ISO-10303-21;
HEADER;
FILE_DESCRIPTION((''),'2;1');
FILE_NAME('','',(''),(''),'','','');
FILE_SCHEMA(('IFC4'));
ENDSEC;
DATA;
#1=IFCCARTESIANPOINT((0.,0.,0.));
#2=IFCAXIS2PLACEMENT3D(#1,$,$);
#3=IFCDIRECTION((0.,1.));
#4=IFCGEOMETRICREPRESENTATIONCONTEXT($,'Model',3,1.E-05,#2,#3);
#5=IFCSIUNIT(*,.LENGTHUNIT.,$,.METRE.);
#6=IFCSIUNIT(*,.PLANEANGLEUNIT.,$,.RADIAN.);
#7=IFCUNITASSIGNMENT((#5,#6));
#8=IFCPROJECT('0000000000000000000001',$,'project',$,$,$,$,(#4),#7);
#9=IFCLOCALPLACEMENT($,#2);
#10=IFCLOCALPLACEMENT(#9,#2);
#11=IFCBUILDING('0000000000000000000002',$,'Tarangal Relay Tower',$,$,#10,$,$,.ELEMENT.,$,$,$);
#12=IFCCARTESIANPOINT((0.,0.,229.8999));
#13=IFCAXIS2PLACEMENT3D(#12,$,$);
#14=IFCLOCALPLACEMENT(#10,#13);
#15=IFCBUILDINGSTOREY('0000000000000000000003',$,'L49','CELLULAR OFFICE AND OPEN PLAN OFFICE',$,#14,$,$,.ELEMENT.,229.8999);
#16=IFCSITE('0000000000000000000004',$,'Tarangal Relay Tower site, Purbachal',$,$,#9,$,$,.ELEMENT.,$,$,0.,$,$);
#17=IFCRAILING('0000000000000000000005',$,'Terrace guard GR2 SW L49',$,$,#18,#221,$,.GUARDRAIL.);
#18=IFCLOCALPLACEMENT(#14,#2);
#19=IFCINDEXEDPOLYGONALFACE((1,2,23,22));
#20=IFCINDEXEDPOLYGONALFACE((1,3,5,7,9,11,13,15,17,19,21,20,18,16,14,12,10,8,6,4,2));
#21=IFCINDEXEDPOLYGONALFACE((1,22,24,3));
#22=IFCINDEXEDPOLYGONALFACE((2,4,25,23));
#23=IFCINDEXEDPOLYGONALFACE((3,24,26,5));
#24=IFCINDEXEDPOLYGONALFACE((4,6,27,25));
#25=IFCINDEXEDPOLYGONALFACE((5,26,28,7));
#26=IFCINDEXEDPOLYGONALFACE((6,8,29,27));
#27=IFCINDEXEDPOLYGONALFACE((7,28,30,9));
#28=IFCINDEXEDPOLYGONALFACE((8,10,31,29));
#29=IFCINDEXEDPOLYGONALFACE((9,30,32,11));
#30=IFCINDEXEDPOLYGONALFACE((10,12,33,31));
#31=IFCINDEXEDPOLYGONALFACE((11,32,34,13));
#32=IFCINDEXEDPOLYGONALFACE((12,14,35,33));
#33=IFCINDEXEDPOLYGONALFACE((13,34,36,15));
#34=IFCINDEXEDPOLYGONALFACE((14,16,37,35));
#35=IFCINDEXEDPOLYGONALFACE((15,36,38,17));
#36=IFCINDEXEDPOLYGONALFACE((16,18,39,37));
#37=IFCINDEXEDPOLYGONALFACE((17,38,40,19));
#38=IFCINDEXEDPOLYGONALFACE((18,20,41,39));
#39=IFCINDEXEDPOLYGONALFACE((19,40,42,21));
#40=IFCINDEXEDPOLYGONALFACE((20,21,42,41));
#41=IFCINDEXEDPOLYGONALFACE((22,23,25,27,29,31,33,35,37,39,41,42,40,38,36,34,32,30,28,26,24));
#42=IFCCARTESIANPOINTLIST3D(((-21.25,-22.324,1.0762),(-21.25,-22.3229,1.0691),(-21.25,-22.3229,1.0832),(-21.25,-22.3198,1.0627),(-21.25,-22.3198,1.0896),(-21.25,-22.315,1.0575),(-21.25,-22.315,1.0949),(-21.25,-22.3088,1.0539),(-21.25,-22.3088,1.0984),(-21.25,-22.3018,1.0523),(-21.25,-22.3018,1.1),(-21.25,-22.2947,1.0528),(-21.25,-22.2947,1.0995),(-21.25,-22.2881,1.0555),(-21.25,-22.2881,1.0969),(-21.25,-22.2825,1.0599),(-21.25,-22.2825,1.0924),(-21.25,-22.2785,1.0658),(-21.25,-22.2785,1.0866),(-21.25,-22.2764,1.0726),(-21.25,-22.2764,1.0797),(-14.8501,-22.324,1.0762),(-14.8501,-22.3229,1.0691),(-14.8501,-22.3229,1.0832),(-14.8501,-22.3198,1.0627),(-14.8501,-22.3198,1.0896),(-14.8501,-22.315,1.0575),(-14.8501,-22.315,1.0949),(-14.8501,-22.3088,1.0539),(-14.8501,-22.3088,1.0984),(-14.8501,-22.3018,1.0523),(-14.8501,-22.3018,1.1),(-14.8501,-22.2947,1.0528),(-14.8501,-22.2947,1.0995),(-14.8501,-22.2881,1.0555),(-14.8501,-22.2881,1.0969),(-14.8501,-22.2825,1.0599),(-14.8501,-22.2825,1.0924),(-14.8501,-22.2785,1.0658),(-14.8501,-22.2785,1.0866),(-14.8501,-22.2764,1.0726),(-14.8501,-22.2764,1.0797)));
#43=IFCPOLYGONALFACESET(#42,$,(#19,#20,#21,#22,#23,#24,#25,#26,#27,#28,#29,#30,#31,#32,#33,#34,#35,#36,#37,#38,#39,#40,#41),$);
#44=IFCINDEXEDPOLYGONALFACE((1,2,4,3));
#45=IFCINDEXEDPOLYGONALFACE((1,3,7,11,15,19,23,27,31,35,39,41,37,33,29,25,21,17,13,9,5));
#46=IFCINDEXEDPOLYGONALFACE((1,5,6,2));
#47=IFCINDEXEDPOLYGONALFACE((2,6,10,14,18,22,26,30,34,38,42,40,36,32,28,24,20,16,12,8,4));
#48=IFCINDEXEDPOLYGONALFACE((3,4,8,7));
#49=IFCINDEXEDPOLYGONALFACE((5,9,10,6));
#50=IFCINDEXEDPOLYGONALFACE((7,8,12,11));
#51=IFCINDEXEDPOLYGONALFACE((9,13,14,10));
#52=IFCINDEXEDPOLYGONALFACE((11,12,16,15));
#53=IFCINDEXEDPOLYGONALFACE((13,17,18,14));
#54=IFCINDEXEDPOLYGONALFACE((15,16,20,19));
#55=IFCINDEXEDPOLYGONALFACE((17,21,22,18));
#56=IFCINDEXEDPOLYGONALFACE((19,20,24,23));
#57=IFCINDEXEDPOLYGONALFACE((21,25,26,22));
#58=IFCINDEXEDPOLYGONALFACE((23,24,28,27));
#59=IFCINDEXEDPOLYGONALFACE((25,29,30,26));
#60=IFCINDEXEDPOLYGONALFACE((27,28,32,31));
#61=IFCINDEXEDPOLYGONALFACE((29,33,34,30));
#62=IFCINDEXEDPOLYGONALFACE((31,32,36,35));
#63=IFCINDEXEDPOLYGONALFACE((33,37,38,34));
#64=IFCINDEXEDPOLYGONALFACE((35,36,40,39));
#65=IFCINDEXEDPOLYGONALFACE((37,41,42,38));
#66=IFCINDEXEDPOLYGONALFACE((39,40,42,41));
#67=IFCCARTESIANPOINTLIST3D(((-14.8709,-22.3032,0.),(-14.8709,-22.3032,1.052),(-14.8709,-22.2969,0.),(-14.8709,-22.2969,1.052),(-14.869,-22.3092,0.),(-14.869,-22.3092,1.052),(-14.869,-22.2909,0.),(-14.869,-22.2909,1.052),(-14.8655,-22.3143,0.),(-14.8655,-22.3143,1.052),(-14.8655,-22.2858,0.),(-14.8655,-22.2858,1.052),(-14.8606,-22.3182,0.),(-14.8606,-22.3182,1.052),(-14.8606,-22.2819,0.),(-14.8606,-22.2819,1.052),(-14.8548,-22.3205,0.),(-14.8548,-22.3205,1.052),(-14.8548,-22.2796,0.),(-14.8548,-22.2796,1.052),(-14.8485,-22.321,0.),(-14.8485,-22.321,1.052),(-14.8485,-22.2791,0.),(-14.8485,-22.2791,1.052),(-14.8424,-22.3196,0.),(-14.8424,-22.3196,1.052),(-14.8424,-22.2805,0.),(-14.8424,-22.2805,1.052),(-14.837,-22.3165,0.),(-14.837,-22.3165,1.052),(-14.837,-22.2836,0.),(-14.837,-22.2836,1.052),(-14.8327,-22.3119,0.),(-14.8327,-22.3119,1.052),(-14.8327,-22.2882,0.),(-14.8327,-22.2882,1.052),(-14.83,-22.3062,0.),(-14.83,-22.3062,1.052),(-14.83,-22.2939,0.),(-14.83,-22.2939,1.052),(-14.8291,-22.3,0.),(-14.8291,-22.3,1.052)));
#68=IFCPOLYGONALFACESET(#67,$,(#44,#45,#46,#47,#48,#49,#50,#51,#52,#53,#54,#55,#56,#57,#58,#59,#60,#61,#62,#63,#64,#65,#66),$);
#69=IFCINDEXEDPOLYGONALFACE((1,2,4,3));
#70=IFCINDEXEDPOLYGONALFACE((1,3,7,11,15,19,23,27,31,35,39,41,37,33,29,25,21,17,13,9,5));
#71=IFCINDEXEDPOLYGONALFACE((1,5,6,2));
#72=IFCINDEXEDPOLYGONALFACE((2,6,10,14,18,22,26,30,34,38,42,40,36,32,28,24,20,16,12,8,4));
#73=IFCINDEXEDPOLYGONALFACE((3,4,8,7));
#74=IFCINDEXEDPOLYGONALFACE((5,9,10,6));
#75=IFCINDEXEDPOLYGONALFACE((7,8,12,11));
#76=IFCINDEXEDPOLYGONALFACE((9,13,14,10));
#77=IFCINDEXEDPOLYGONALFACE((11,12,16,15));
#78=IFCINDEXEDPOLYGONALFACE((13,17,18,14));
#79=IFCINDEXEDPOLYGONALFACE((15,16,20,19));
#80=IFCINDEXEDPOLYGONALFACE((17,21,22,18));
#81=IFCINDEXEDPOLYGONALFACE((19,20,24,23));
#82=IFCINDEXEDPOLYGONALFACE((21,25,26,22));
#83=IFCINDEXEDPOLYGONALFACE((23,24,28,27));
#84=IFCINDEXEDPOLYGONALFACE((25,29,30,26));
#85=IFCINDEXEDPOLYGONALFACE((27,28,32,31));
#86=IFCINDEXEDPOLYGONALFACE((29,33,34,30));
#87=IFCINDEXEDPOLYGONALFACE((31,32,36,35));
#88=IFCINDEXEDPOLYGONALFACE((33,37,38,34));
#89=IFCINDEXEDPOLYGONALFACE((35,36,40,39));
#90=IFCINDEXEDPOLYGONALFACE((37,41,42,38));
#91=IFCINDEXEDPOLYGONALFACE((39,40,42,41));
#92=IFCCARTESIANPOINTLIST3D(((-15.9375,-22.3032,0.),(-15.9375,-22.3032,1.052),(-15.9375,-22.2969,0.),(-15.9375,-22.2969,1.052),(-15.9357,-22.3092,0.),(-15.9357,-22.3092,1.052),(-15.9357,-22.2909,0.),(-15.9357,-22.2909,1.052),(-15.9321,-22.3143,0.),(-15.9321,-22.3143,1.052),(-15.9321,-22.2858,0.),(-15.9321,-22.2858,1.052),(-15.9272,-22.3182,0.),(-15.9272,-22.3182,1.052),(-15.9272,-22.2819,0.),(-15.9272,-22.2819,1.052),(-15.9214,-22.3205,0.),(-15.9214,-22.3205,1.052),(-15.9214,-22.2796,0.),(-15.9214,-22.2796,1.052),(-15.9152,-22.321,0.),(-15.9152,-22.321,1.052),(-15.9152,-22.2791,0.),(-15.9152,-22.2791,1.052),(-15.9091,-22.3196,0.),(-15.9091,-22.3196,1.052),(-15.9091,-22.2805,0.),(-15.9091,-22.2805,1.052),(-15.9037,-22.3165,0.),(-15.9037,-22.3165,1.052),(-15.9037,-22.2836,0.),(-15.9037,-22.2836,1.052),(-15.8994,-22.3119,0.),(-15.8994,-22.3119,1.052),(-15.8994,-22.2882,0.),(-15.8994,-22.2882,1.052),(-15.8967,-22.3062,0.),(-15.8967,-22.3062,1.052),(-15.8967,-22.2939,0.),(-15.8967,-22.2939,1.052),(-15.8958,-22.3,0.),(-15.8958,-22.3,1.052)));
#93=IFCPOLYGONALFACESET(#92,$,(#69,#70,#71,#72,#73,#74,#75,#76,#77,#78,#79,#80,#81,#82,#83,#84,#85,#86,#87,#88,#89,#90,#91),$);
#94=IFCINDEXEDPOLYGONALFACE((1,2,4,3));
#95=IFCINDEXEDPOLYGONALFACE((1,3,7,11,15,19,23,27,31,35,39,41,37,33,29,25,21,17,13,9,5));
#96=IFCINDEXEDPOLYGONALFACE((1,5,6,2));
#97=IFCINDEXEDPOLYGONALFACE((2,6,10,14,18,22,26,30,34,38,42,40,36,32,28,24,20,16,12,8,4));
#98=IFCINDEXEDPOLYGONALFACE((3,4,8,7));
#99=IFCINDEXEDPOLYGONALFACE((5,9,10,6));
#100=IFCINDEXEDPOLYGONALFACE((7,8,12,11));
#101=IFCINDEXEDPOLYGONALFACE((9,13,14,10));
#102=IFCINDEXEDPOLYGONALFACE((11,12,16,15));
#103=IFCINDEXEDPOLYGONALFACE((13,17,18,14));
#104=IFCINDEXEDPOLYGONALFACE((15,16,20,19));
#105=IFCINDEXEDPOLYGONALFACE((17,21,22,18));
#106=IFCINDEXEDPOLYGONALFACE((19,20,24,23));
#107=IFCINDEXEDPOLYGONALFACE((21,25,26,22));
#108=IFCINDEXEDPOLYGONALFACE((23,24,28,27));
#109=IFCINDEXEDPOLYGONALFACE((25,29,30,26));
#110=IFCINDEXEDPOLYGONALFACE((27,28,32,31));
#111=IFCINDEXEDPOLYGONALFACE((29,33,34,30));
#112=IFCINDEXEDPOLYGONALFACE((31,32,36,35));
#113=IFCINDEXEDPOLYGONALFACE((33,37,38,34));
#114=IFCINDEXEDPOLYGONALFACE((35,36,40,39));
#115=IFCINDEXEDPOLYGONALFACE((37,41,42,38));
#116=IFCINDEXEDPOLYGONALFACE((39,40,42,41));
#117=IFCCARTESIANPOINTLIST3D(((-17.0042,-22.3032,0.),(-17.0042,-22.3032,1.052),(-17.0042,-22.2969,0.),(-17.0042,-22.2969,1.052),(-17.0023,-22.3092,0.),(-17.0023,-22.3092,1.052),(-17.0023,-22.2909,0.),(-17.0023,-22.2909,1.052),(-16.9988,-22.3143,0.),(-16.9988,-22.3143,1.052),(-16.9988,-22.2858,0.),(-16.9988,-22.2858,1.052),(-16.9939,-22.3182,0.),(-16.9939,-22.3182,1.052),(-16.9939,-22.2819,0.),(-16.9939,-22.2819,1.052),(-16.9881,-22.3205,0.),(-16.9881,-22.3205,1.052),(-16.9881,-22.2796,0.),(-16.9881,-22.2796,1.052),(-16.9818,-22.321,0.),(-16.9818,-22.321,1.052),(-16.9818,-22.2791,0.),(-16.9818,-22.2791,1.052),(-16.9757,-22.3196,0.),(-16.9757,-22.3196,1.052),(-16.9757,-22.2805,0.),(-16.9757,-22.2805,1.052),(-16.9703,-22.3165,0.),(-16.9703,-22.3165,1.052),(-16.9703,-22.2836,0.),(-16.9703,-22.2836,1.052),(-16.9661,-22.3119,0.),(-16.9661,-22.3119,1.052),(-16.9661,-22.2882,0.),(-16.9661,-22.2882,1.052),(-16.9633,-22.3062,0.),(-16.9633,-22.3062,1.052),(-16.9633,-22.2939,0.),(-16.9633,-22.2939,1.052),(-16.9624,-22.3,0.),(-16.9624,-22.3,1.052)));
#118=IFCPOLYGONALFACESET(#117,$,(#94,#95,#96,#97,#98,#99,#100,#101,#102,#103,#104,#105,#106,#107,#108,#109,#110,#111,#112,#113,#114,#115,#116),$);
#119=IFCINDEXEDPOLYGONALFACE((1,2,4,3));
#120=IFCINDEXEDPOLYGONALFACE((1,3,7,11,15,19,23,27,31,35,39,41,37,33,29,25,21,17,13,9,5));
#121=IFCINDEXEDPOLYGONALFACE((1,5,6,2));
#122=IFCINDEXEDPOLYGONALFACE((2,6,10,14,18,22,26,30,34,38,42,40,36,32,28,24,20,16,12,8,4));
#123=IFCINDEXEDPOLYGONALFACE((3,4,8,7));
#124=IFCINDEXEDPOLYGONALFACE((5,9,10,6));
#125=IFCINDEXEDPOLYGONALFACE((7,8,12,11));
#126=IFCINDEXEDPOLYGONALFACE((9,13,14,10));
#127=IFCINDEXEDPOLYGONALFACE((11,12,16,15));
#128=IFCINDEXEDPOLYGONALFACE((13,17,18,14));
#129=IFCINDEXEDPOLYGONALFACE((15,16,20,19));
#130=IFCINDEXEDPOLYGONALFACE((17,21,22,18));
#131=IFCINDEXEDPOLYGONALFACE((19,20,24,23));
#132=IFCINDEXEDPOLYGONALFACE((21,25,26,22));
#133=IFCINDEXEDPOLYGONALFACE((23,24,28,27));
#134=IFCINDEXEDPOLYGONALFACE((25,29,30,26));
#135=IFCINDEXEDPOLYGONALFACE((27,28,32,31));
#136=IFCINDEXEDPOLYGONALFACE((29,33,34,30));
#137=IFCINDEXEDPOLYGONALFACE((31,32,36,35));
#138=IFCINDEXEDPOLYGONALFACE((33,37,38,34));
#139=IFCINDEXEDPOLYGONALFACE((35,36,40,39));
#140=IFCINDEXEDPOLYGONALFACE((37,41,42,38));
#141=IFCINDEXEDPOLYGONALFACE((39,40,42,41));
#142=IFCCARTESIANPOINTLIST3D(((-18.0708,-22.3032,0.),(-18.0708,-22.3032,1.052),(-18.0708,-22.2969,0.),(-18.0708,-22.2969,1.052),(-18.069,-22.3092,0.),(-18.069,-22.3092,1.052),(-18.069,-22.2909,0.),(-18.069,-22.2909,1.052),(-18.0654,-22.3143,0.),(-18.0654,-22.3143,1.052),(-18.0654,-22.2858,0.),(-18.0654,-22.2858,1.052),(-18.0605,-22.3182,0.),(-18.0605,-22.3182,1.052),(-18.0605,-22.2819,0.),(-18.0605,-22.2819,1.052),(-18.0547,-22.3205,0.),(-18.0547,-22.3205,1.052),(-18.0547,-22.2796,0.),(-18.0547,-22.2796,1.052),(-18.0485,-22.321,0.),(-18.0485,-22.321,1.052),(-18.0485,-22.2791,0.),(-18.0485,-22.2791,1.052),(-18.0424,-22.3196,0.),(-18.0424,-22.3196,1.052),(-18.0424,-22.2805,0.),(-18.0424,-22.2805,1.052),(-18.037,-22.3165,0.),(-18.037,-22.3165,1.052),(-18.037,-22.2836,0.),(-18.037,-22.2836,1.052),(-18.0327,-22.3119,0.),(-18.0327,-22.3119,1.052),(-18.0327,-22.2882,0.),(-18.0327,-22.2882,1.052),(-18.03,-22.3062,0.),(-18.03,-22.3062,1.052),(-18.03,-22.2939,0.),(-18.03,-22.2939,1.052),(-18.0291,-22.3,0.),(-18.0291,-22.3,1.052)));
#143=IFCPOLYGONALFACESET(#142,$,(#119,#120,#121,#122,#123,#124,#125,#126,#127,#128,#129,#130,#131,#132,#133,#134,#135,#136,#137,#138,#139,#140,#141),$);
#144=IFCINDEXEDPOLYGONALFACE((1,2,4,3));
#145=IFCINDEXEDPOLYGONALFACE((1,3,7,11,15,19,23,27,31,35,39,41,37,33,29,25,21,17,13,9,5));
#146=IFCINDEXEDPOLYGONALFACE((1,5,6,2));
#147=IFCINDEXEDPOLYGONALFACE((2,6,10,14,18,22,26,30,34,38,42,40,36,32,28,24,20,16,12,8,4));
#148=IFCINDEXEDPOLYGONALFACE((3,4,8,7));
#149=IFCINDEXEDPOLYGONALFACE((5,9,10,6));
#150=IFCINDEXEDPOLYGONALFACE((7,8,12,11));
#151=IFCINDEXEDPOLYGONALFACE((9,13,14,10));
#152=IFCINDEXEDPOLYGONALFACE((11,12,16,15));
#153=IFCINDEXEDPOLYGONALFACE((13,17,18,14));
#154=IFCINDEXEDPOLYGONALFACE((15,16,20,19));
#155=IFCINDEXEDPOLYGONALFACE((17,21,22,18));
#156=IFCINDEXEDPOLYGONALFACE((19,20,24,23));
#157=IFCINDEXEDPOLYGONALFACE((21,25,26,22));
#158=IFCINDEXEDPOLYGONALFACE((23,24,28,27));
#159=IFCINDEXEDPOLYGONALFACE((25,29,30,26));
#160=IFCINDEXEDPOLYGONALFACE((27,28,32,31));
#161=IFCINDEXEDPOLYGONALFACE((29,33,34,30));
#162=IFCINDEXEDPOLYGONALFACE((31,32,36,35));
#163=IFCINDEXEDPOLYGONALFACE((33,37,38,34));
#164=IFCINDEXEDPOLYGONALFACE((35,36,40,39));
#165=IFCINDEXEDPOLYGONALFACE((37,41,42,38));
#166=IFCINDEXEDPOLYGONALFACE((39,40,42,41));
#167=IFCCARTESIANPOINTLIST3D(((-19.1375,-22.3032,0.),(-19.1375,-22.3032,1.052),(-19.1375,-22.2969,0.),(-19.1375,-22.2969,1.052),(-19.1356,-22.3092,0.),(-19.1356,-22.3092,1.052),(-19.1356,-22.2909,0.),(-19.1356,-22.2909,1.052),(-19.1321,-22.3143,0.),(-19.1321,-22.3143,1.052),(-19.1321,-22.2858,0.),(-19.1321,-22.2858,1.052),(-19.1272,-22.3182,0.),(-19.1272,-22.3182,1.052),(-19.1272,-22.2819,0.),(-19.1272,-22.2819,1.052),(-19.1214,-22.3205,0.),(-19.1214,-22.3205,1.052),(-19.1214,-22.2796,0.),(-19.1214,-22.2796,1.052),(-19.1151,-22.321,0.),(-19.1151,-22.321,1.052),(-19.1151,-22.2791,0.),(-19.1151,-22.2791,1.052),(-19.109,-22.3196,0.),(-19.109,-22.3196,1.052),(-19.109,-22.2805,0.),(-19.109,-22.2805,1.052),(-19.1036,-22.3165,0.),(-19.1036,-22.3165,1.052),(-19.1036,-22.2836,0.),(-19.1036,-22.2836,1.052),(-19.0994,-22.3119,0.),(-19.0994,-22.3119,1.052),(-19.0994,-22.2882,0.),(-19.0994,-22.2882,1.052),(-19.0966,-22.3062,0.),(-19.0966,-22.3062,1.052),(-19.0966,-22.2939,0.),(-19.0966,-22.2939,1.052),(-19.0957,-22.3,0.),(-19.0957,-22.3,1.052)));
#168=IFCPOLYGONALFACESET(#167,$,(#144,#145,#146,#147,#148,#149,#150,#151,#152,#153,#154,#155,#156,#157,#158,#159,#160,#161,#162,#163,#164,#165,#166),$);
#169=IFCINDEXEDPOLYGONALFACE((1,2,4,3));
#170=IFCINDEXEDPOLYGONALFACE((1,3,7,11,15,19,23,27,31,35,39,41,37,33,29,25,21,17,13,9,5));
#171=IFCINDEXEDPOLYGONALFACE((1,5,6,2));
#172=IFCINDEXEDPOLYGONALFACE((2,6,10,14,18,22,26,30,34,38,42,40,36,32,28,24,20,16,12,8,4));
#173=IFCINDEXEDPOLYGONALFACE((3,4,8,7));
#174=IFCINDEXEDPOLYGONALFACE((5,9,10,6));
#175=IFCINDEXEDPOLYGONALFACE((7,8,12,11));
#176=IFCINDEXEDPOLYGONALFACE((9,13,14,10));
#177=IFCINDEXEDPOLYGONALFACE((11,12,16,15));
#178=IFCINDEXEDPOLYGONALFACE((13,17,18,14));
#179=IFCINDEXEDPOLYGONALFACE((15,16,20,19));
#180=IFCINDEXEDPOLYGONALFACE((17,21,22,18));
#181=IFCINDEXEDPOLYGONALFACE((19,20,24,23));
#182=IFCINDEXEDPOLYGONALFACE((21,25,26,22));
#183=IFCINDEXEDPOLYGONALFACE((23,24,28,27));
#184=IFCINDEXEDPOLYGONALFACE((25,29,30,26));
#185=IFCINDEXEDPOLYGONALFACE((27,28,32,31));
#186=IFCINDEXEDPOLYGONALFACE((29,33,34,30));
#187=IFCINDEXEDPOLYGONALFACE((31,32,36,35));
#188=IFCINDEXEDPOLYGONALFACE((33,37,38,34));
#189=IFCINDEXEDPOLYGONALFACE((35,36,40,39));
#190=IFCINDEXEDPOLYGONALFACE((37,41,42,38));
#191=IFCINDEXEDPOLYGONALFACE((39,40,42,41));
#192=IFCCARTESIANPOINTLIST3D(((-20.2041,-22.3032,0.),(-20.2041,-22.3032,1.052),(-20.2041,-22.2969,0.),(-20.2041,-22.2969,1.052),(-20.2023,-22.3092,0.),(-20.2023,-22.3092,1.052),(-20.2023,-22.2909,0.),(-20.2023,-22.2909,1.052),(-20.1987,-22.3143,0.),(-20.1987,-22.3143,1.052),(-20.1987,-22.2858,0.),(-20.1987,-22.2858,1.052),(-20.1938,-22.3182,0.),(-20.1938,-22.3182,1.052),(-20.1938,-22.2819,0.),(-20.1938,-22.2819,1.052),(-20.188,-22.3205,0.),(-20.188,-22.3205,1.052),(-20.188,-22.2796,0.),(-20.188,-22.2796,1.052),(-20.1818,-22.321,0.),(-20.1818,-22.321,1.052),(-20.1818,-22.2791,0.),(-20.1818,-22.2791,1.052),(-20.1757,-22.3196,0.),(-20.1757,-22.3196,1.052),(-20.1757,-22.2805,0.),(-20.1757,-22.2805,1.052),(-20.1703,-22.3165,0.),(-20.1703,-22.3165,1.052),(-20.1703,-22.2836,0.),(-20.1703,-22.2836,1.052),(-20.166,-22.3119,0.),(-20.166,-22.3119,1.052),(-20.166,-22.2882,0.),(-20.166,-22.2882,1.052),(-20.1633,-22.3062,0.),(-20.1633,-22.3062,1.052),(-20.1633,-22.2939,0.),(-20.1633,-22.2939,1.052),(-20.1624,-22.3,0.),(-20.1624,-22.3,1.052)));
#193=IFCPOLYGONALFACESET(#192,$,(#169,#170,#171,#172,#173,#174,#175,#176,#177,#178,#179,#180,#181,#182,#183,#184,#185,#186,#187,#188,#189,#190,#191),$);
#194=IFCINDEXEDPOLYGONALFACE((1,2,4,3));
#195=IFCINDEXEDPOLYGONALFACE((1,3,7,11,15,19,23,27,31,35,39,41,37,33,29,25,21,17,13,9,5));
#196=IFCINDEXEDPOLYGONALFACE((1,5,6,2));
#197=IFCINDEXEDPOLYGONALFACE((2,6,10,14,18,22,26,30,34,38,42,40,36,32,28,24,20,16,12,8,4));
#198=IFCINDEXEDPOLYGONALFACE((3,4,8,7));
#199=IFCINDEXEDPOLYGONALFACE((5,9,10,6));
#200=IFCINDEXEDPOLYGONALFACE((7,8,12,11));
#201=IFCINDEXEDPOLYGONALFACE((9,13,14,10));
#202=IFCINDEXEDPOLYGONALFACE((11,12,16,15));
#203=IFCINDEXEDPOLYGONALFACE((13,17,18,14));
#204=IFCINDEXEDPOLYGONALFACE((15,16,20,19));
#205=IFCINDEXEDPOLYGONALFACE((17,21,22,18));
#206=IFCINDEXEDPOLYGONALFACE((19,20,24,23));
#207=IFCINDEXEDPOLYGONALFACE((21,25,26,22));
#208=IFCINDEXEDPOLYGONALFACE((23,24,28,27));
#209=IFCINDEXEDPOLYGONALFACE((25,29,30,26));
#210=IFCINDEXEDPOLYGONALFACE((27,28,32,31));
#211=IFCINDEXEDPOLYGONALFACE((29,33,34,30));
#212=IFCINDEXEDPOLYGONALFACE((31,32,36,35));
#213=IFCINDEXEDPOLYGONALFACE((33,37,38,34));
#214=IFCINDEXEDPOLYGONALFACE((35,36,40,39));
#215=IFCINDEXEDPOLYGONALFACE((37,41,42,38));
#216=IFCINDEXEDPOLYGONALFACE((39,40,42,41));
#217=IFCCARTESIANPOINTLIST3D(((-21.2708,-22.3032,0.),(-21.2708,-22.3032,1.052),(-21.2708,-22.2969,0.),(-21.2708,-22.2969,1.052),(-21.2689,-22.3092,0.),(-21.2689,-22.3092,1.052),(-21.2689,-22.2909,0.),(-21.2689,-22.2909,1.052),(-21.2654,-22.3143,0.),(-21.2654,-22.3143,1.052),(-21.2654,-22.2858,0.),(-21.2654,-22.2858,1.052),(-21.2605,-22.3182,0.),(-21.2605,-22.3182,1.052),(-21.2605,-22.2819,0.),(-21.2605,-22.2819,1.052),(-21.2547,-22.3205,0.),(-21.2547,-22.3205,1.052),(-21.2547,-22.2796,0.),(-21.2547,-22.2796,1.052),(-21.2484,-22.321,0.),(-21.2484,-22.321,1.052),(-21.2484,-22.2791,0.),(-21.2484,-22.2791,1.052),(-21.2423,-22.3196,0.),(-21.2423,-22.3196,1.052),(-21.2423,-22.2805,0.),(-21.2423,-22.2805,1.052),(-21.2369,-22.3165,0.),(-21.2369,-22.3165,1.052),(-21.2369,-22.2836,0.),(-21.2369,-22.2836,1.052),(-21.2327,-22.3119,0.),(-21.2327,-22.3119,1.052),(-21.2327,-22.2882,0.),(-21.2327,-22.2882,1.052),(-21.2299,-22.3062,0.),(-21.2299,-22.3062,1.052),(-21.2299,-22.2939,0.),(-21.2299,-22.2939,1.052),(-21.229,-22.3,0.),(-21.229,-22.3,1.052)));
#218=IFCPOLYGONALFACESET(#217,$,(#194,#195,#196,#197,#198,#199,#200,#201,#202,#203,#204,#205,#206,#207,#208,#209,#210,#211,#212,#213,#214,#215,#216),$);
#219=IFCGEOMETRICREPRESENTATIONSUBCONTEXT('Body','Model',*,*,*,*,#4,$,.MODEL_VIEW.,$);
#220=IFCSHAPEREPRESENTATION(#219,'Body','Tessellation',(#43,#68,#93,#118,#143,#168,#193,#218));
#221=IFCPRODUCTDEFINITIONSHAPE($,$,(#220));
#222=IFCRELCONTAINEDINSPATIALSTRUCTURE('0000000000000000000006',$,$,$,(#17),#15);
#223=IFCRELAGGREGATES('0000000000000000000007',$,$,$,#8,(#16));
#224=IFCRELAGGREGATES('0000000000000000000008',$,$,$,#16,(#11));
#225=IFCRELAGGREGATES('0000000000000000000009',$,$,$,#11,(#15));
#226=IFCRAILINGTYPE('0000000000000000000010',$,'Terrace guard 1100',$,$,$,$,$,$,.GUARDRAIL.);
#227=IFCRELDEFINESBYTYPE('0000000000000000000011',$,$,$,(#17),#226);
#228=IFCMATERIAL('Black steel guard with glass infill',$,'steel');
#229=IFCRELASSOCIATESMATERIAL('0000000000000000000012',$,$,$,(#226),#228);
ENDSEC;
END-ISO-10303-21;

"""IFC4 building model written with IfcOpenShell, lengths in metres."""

from ifc_helpers import new_model, si_unit, direction, frame, origin, origin_2d, place, context, subcontext, project, spatial, circle, extrude, material, type_object, element, save


model = new_model("IFC4")

# Units and contexts
model_context = context("Model", 3, precision=1e-05, world=origin(), true_north=direction((0.0, 1.0)))
body_context = subcontext(model_context, "Body", "Model", "MODEL_VIEW")
ifc_project = project(units=[si_unit("LENGTHUNIT", "METRE"), si_unit("PLANEANGLEUNIT", "RADIAN")], contexts=[model_context])

# Site, building, storey
site_placement = place(None, origin())
site = spatial("IfcSite", under=ifc_project, at=site_placement, Name="Tarangal Relay Tower site, Purbachal", CompositionType="ELEMENT", RefElevation=0.0)
building_placement = place(site_placement, origin())
building = spatial("IfcBuilding", under=site, at=building_placement, Name="Tarangal Relay Tower", CompositionType="ELEMENT")
storey_placement = place(building_placement, frame((0.0, 0.0, 229.8999)))
storey = spatial("IfcBuildingStorey", under=building, at=storey_placement, Name="L49", Description="CELLULAR OFFICE AND OPEN PLAN OFFICE", CompositionType="ELEMENT", Elevation=229.8999)

# Railing
ifc_material_1 = material(Name="Black steel guard with glass infill", Category="steel")
railing_type = type_object("IfcRailingType", Name="Terrace guard 1100", PredefinedType="GUARDRAIL", material=ifc_material_1)
railing_1_placement = place(storey_placement, frame((-14.8501, -22.3, 0.0)))
element("IfcRailing", 1, at=railing_1_placement, inside=storey, type_object=railing_type, Name="Terrace guard GR2 SW L49", PredefinedType="GUARDRAIL", context=body_context, shape_type="SweptSolid", body=[
    extrude(circle(Radius=0.0239, at=origin_2d()), frame((0.0, 0.0, 1.0762), z_axis=(-1.0, 0.0, 0.0), x_axis=(0.0, -1.0, 0.0)), (0.0, 0.0, 1.0), 6.3999),
    extrude(circle(Radius=0.021, at=origin_2d()), origin(), (0.0, 0.0, 1.0), 1.052),
    extrude(circle(Radius=0.021, at=origin_2d()), frame((-1.0667, 0.0, 0.0)), (0.0, 0.0, 1.0), 1.052),
    extrude(circle(Radius=0.021, at=origin_2d()), frame((-2.1333, 0.0, 0.0)), (0.0, 0.0, 1.0), 1.052),
    extrude(circle(Radius=0.021, at=origin_2d()), frame((-3.2, 0.0, 0.0)), (0.0, 0.0, 1.0), 1.052),
    extrude(circle(Radius=0.021, at=origin_2d()), frame((-4.2666, 0.0, 0.0)), (0.0, 0.0, 1.0), 1.052),
    extrude(circle(Radius=0.021, at=origin_2d()), frame((-5.3333, 0.0, 0.0)), (0.0, 0.0, 1.0), 1.052),
    extrude(circle(Radius=0.021, at=origin_2d()), frame((-6.3999, 0.0, 0.0)), (0.0, 0.0, 1.0), 1.052),
])

save(model, "model.ifc")
